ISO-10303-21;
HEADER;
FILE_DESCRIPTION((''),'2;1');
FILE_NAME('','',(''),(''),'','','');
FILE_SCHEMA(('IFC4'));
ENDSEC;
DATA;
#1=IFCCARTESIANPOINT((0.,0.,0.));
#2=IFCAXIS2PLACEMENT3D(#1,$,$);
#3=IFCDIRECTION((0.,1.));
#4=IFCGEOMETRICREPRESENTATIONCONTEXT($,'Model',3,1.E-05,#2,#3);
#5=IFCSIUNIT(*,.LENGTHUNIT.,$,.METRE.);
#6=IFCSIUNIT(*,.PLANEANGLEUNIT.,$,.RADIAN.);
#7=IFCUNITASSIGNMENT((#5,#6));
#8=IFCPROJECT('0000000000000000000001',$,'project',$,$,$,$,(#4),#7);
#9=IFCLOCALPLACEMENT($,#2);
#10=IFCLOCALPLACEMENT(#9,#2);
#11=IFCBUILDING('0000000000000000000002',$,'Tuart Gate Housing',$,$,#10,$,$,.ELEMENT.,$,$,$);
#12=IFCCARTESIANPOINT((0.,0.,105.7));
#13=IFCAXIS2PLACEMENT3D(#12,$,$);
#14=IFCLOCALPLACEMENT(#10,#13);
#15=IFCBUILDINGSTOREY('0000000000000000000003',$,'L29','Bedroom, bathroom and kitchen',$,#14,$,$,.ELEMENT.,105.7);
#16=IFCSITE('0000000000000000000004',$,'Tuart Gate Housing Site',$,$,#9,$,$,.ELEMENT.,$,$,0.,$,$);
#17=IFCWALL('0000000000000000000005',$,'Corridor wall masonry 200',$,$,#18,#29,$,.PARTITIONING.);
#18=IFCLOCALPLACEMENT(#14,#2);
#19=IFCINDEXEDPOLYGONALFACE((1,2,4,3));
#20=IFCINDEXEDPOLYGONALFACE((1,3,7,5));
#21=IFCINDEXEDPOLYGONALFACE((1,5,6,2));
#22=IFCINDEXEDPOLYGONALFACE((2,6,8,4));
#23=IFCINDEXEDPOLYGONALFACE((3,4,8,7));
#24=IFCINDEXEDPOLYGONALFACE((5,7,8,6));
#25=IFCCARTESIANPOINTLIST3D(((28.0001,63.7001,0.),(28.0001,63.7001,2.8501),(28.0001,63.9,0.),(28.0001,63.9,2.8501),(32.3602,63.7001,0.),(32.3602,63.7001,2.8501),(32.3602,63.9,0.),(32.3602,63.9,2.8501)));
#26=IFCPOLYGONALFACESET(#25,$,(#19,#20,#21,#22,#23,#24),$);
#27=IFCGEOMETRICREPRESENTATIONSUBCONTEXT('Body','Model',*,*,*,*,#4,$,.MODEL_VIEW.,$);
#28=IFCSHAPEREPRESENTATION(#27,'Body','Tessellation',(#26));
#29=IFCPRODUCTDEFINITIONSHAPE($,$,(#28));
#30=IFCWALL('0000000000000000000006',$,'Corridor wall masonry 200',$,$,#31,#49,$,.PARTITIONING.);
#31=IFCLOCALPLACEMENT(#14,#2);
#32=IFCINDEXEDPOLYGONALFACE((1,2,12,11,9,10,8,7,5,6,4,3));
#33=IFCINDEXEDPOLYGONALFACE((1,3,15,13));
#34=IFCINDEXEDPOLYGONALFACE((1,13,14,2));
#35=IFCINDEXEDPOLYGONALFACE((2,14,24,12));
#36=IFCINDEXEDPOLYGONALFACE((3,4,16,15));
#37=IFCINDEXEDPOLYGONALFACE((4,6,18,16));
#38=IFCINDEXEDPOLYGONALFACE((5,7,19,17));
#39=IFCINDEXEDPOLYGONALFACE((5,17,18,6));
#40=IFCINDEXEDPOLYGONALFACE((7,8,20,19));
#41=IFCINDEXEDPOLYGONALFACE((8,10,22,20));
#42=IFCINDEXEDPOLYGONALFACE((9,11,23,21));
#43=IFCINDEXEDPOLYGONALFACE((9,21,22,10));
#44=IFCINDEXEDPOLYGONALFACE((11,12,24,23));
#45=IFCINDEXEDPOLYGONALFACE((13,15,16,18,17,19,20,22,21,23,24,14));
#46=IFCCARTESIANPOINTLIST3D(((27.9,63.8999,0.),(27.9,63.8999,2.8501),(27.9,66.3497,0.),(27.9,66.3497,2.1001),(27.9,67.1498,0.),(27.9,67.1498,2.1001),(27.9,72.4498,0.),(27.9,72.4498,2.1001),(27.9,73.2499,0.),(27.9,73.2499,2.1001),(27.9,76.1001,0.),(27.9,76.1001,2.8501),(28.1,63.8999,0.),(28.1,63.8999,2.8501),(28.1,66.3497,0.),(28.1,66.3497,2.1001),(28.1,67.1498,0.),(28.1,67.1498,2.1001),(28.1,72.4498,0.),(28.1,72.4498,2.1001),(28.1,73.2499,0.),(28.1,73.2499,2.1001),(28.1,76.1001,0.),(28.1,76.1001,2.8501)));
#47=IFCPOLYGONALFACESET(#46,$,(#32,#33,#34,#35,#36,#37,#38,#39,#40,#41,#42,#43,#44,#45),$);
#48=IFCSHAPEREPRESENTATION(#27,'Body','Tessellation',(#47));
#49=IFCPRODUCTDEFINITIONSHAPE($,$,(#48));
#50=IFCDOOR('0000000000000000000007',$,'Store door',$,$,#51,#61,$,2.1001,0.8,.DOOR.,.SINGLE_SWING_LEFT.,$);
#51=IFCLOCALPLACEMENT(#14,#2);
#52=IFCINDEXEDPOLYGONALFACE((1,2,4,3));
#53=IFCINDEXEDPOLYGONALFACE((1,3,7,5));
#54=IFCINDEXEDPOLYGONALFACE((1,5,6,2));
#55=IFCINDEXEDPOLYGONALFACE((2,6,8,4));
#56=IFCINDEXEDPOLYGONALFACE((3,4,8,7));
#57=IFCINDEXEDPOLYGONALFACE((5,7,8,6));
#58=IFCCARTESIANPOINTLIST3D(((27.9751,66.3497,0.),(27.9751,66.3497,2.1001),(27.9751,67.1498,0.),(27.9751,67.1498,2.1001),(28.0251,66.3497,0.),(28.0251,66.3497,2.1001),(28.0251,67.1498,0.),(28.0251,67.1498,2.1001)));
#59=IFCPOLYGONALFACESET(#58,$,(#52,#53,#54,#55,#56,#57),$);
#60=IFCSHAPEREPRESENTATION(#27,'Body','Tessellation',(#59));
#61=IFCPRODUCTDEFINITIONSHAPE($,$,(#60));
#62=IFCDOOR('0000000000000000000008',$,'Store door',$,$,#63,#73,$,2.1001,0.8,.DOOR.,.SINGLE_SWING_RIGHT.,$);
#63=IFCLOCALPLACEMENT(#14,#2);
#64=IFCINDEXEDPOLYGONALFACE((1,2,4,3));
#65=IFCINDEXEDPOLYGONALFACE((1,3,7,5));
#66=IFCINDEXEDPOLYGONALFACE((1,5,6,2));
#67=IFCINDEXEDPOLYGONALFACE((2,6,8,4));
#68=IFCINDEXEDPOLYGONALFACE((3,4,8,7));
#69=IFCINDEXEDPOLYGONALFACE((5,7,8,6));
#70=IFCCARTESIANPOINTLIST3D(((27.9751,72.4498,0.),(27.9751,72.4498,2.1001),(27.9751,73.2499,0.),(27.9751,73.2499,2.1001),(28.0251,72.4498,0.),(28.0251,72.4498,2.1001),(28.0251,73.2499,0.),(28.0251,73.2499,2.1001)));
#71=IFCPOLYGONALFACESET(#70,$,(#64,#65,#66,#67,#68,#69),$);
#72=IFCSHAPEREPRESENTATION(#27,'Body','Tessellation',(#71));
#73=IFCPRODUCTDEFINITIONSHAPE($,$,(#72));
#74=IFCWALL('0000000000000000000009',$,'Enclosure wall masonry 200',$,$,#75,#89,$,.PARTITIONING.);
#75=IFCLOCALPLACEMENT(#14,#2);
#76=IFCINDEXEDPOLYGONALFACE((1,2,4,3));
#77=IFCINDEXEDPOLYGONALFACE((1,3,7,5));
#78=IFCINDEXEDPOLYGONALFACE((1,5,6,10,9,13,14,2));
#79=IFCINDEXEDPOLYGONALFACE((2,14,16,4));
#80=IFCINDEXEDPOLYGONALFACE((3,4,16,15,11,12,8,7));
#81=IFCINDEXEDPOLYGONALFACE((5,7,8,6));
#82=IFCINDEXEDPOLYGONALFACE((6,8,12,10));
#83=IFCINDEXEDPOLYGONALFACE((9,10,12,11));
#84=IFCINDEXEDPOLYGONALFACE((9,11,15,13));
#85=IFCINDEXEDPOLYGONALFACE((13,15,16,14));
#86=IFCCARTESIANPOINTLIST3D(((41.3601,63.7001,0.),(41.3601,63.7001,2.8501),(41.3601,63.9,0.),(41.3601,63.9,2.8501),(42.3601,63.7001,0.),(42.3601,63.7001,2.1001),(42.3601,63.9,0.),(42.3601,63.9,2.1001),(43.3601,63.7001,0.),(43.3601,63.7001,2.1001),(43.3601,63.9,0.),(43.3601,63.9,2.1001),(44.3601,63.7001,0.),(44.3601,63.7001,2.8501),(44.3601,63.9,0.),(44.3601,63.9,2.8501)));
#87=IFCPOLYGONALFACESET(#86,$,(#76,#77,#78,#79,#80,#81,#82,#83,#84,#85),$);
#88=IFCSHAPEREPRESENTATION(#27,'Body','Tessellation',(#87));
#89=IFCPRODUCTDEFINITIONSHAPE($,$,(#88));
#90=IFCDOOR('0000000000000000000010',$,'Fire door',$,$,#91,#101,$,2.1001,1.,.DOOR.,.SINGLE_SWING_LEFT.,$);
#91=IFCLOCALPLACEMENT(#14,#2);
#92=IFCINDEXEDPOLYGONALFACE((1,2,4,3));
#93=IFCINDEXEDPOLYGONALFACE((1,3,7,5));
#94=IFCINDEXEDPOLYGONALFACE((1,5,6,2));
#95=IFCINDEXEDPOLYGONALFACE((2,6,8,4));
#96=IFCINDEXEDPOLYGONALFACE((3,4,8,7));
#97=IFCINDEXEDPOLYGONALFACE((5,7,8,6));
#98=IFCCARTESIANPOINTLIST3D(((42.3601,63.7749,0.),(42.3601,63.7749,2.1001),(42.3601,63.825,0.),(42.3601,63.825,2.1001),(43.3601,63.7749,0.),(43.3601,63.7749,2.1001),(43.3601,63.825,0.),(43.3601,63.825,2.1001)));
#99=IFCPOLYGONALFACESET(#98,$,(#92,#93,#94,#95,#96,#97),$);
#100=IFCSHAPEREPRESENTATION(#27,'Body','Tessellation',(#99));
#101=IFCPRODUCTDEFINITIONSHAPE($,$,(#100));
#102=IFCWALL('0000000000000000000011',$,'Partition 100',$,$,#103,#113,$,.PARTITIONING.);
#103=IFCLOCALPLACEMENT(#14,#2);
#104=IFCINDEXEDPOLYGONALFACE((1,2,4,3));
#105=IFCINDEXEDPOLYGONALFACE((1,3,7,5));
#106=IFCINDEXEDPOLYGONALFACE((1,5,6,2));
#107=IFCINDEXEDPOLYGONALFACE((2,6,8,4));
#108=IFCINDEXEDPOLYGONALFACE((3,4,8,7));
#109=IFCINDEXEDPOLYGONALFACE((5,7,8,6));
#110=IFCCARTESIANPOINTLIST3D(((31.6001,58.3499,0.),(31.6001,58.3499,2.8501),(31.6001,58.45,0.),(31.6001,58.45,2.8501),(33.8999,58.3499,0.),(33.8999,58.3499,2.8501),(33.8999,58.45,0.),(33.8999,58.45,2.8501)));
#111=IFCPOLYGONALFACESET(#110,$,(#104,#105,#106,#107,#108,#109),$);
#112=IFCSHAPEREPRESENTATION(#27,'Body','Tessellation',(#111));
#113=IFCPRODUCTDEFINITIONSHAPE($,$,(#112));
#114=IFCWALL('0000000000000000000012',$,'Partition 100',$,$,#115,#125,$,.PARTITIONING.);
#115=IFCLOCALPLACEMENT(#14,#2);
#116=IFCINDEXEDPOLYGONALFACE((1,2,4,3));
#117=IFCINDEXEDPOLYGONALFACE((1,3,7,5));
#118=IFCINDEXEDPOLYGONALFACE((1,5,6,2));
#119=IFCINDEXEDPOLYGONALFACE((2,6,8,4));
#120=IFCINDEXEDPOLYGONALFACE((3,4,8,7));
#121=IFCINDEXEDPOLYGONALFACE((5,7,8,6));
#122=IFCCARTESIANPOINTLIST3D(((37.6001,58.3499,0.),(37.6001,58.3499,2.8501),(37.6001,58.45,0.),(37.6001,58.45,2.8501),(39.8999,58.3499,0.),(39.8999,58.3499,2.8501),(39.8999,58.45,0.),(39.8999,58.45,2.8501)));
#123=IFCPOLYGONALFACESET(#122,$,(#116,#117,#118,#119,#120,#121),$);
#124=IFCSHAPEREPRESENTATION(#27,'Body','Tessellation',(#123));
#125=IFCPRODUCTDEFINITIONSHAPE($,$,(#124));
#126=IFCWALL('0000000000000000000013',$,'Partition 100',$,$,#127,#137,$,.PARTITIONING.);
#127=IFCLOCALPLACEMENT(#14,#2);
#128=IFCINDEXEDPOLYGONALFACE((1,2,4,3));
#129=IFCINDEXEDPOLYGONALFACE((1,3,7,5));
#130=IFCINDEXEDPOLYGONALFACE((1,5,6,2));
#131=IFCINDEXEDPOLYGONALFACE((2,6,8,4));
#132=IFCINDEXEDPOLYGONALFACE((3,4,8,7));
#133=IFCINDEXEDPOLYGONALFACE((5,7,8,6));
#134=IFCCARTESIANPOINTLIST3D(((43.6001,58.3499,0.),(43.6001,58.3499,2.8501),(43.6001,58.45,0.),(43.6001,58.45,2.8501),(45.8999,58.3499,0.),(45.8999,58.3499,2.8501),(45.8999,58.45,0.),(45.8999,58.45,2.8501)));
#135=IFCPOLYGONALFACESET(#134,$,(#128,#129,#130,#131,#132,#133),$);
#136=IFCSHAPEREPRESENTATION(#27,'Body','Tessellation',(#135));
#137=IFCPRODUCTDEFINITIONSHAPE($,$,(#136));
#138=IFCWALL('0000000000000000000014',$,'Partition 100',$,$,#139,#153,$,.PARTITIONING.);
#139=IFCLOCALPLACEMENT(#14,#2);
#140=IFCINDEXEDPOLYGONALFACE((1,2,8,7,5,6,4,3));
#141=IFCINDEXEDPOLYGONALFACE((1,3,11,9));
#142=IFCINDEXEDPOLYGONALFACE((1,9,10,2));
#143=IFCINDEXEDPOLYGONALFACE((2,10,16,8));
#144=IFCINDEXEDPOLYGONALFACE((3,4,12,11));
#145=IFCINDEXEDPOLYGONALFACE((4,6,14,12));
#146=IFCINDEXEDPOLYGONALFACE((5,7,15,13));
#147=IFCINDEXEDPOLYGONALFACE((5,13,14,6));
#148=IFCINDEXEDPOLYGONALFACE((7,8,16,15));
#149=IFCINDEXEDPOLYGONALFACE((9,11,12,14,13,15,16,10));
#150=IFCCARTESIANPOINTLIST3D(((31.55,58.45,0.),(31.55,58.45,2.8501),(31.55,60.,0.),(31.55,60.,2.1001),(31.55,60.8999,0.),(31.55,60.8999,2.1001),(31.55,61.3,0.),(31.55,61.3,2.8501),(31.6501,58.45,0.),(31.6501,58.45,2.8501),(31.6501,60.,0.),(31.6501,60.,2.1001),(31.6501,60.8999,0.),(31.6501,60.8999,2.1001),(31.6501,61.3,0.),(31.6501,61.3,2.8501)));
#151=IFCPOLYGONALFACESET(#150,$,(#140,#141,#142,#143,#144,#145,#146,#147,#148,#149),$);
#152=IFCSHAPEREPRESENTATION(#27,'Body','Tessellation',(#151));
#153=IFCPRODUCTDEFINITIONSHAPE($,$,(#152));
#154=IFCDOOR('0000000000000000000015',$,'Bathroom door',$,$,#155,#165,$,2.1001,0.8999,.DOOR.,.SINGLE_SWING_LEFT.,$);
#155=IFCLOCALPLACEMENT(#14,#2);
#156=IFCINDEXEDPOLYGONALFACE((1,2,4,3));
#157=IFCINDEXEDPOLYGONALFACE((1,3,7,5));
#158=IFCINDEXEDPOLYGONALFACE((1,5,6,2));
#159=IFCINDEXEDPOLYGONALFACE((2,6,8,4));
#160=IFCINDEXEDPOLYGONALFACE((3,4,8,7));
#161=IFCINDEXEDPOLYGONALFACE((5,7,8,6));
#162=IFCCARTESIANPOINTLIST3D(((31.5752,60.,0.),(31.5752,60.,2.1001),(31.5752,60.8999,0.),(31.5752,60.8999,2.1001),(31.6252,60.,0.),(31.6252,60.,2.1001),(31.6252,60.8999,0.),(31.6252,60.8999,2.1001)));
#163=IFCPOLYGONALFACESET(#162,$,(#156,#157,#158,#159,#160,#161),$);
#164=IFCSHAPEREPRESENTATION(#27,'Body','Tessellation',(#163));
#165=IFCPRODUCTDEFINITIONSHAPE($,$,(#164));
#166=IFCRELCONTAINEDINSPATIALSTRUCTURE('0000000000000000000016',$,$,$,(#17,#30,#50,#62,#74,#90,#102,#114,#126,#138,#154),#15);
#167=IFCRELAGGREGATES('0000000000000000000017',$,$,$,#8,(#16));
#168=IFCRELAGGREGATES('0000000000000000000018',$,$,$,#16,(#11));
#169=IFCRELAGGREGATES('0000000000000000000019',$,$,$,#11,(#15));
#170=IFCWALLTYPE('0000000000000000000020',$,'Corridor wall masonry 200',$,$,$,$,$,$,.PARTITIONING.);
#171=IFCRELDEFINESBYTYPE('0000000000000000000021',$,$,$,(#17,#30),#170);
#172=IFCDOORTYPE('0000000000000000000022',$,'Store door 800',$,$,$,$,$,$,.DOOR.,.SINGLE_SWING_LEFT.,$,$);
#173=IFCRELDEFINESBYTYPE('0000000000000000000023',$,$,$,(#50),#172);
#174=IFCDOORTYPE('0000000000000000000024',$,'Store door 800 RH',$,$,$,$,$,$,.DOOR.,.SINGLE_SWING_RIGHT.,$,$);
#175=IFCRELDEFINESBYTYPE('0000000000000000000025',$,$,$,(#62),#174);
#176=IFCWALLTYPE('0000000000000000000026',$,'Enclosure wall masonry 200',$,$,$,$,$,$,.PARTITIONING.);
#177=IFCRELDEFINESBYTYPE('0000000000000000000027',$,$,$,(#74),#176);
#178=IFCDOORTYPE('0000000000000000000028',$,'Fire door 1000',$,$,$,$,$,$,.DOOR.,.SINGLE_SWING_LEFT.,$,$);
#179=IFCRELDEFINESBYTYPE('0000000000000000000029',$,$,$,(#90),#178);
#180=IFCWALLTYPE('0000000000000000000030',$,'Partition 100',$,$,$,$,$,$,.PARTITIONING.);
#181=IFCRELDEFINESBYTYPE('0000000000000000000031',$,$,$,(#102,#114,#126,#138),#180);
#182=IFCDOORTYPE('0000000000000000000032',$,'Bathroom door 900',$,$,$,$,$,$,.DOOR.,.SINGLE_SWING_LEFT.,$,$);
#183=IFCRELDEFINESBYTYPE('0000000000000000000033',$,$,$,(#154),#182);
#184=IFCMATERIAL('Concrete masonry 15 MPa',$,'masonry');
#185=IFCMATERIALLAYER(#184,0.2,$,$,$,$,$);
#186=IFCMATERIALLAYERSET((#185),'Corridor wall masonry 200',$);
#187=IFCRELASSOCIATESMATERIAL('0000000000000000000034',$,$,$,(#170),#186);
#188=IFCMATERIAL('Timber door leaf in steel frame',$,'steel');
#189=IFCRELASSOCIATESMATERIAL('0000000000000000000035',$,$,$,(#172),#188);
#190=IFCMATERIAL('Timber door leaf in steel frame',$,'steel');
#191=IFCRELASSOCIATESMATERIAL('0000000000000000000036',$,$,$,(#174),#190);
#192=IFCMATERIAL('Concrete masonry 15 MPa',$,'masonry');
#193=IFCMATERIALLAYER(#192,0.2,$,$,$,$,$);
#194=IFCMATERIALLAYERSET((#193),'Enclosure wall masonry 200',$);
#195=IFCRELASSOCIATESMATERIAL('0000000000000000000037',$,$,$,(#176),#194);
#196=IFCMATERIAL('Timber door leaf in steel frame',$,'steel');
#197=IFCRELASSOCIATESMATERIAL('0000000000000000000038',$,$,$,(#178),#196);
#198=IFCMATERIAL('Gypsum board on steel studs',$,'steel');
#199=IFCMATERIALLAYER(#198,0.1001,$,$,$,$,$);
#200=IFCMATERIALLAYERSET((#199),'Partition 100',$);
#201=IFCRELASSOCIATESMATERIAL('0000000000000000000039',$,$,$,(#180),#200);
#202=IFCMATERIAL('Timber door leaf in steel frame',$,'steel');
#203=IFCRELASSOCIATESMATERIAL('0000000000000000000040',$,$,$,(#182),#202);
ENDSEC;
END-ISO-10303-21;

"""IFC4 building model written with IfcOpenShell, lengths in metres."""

from ifc_helpers import new_model, si_unit, direction, frame, frame_2d, origin, place, context, subcontext, project, spatial, rectangle, extrude, material, layer, layer_set, type_object, element, fill, save


model = new_model("IFC4")

# Units and contexts
model_context = context("Model", 3, precision=1e-05, world=origin(), true_north=direction((0.0, 1.0)))
body_context = subcontext(model_context, "Body", "Model", "MODEL_VIEW")
ifc_project = project(units=[si_unit("LENGTHUNIT", "METRE"), si_unit("PLANEANGLEUNIT", "RADIAN")], contexts=[model_context])

# Site, building, storey
site_placement = place(None, origin())
site = spatial("IfcSite", under=ifc_project, at=site_placement, Name="Tuart Gate Housing Site", CompositionType="ELEMENT", RefElevation=0.0)
building_placement = place(site_placement, origin())
building = spatial("IfcBuilding", under=site, at=building_placement, Name="Tuart Gate Housing", CompositionType="ELEMENT")
storey_placement = place(building_placement, frame((0.0, 0.0, 105.7)))
storey = spatial("IfcBuildingStorey", under=building, at=storey_placement, Name="L29", Description="Bedroom, bathroom and kitchen", CompositionType="ELEMENT", Elevation=105.7)

# Shared definitions
ifc_material_1 = material(Name="Concrete masonry 15 MPa", Category="masonry")
ifc_layer_1 = layer(ifc_material_1, 0.2)
ifc_layer_set_1 = layer_set([ifc_layer_1], Name="Corridor wall masonry 200")
wall_type_1 = type_object("IfcWallType", Name="Corridor wall masonry 200", PredefinedType="PARTITIONING", material=ifc_layer_set_1)

# Wall
wall_1_placement = place(storey_placement, frame((28.0, 63.8, 0.0), z_axis=(0.0, 0.0, 1.0), x_axis=(1.0, 0.0, 0.0)))
element("IfcWall", 1, at=wall_1_placement, inside=storey, type_object=wall_type_1, Name="Corridor wall masonry 200", PredefinedType="PARTITIONING", context=body_context, shape_type="SweptSolid", body=[
    extrude(rectangle(XDim=4.3601, YDim=0.2, at=frame_2d((2.1802, 0.0))), origin(), (0.0, 0.0, 1.0), 2.8501),
])

# Wall, openings, doors
wall_2_placement = place(storey_placement, frame((28.0, 63.8999, 0.0), z_axis=(0.0, 0.0, 1.0), x_axis=(0.0, 1.0, 0.0)))
wall_2 = element("IfcWall", 2, at=wall_2_placement, inside=storey, type_object=wall_type_1, Name="Corridor wall masonry 200", PredefinedType="PARTITIONING", context=body_context, shape_type="SweptSolid", body=[
    extrude(rectangle(XDim=12.2002, YDim=0.2, at=frame_2d((6.1001, 0.0))), origin(), (0.0, 0.0, 1.0), 2.8501),
])
opening_1_placement = place(wall_2_placement, frame((2.45, 0.0, 0.0)))
opening_1 = element("IfcOpeningElement", 3, at=opening_1_placement, cuts=wall_2, PredefinedType="OPENING", context=body_context, shape_type="SweptSolid", body=[
    extrude(rectangle(XDim=0.8, YDim=2.1001, at=frame_2d((0.3999, 1.05))), frame((0.0, 0.1099, 0.0), z_axis=(0.0, -1.0, 0.0), x_axis=(1.0, 0.0, 0.0)), (0.0, 0.0, 1.0), 0.22),
])
opening_2_placement = place(wall_2_placement, frame((8.55, 0.0, 0.0)))
opening_2 = element("IfcOpeningElement", 4, at=opening_2_placement, cuts=wall_2, PredefinedType="OPENING", context=body_context, shape_type="SweptSolid", body=[
    extrude(rectangle(XDim=0.8, YDim=2.1001, at=frame_2d((0.3999, 1.05))), frame((0.0, 0.1099, 0.0), z_axis=(0.0, -1.0, 0.0), x_axis=(1.0, 0.0, 0.0)), (0.0, 0.0, 1.0), 0.22),
])
ifc_material_2 = material(Name="Timber door leaf in steel frame", Category="steel")
door_type_1 = type_object("IfcDoorType", Name="Store door 800", OperationType="SINGLE_SWING_LEFT", PredefinedType="DOOR", material=ifc_material_2)
door_1_placement = place(opening_1_placement, frame((0.8, 0.0, 0.0), z_axis=(0.0, 0.0, 1.0), x_axis=(-1.0, 0.0, 0.0)))
door_1 = element("IfcDoor", 5, at=door_1_placement, inside=storey, type_object=door_type_1, Name="Store door", OperationType="SINGLE_SWING_LEFT", OverallHeight=2.1001, OverallWidth=0.8, PredefinedType="DOOR", context=body_context, shape_type="SweptSolid", body=[
    extrude(rectangle(XDim=0.8, YDim=2.1001, at=frame_2d((0.4001, 1.05))), frame((0.0, 0.0251, 0.0), z_axis=(0.0, -1.0, 0.0), x_axis=(1.0, 0.0, 0.0)), (0.0, 0.0, 1.0), 0.05),
])
fill(opening_1, door_1)
ifc_material_3 = material(Name="Timber door leaf in steel frame", Category="steel")
door_type_2 = type_object("IfcDoorType", Name="Store door 800 RH", OperationType="SINGLE_SWING_RIGHT", PredefinedType="DOOR", material=ifc_material_3)
door_2_placement = place(opening_2_placement, frame((0.8, 0.0, 0.0), z_axis=(0.0, 0.0, 1.0), x_axis=(-1.0, 0.0, 0.0)))
door_2 = element("IfcDoor", 6, at=door_2_placement, inside=storey, type_object=door_type_2, Name="Store door", OperationType="SINGLE_SWING_RIGHT", OverallHeight=2.1001, OverallWidth=0.8, PredefinedType="DOOR", context=body_context, shape_type="SweptSolid", body=[
    extrude(rectangle(XDim=0.8, YDim=2.1001, at=frame_2d((0.4001, 1.05))), frame((0.0, 0.0251, 0.0), z_axis=(0.0, -1.0, 0.0), x_axis=(1.0, 0.0, 0.0)), (0.0, 0.0, 1.0), 0.05),
])
fill(opening_2, door_2)

# Wall, opening, door
ifc_material_4 = material(Name="Concrete masonry 15 MPa", Category="masonry")
ifc_layer_2 = layer(ifc_material_4, 0.2)
ifc_layer_set_2 = layer_set([ifc_layer_2], Name="Enclosure wall masonry 200")
wall_type_2 = type_object("IfcWallType", Name="Enclosure wall masonry 200", PredefinedType="PARTITIONING", material=ifc_layer_set_2)
wall_3_placement = place(storey_placement, frame((41.3601, 63.8, 0.0), z_axis=(0.0, 0.0, 1.0), x_axis=(1.0, 0.0, 0.0)))
wall_3 = element("IfcWall", 7, at=wall_3_placement, inside=storey, type_object=wall_type_2, Name="Enclosure wall masonry 200", PredefinedType="PARTITIONING", context=body_context, shape_type="SweptSolid", body=[
    extrude(rectangle(XDim=3.0, YDim=0.2, at=frame_2d((1.5, 0.0))), origin(), (0.0, 0.0, 1.0), 2.8501),
])
opening_3_placement = place(wall_3_placement, frame((1.0, 0.0, 0.0)))
opening_3 = element("IfcOpeningElement", 8, at=opening_3_placement, cuts=wall_3, PredefinedType="OPENING", context=body_context, shape_type="SweptSolid", body=[
    extrude(rectangle(XDim=1.0, YDim=2.1001, at=frame_2d((0.5, 1.05))), frame((0.0, 0.1099, 0.0), z_axis=(0.0, -1.0, 0.0), x_axis=(1.0, 0.0, 0.0)), (0.0, 0.0, 1.0), 0.22),
])
ifc_material_5 = material(Name="Timber door leaf in steel frame", Category="steel")
door_type_3 = type_object("IfcDoorType", Name="Fire door 1000", OperationType="SINGLE_SWING_LEFT", PredefinedType="DOOR", material=ifc_material_5)
door_3_placement = place(opening_3_placement, frame((1.0, 0.0, 0.0), z_axis=(0.0, 0.0, 1.0), x_axis=(-1.0, 0.0, 0.0)))
door_3 = element("IfcDoor", 9, at=door_3_placement, inside=storey, type_object=door_type_3, Name="Fire door", OperationType="SINGLE_SWING_LEFT", OverallHeight=2.1001, OverallWidth=1.0, PredefinedType="DOOR", context=body_context, shape_type="SweptSolid", body=[
    extrude(rectangle(XDim=1.0, YDim=2.1001, at=frame_2d((0.5, 1.05))), frame((0.0, 0.0251, 0.0), z_axis=(0.0, -1.0, 0.0), x_axis=(1.0, 0.0, 0.0)), (0.0, 0.0, 1.0), 0.05),
])
fill(opening_3, door_3)

# Walls
ifc_material_6 = material(Name="Gypsum board on steel studs", Category="steel")
ifc_layer_3 = layer(ifc_material_6, 0.1001)
ifc_layer_set_3 = layer_set([ifc_layer_3], Name="Partition 100")
wall_type_3 = type_object("IfcWallType", Name="Partition 100", PredefinedType="PARTITIONING", material=ifc_layer_set_3)
for number, where, z_axis, x_axis, name in (
    (10, (31.6001, 58.3999, 0.0), (0.0, 0.0, 1.0), (1.0, 0.0, 0.0), "Partition 100"),
    (11, (37.6001, 58.3999, 0.0), (0.0, 0.0, 1.0), (1.0, 0.0, 0.0), "Partition 100"),
    (12, (43.6001, 58.3999, 0.0), (0.0, 0.0, 1.0), (1.0, 0.0, 0.0), "Partition 100"),
):
    element("IfcWall", number, at=place(storey_placement, frame(where, z_axis=z_axis, x_axis=x_axis)), inside=storey, type_object=wall_type_3, Name=name, PredefinedType="PARTITIONING", context=body_context, shape_type="SweptSolid", body=[
        extrude(rectangle(XDim=2.2998, YDim=0.1001, at=frame_2d((1.1499, 0.0))), origin(), (0.0, 0.0, 1.0), 2.8501),
    ])

# Wall, opening, door
wall_4_placement = place(storey_placement, frame((31.6001, 58.45, 0.0), z_axis=(0.0, 0.0, 1.0), x_axis=(0.0, 1.0, 0.0)))
wall_4 = element("IfcWall", 13, at=wall_4_placement, inside=storey, type_object=wall_type_3, Name="Partition 100", PredefinedType="PARTITIONING", context=body_context, shape_type="SweptSolid", body=[
    extrude(rectangle(XDim=2.8501, YDim=0.1001, at=frame_2d((1.425, 0.0))), origin(), (0.0, 0.0, 1.0), 2.8501),
])
opening_4_placement = place(wall_4_placement, frame((1.55, 0.0, 0.0)))
opening_4 = element("IfcOpeningElement", 14, at=opening_4_placement, cuts=wall_4, PredefinedType="OPENING", context=body_context, shape_type="SweptSolid", body=[
    extrude(rectangle(XDim=0.8999, YDim=2.1001, at=frame_2d((0.45, 1.05))), frame((0.0, 0.0601, 0.0), z_axis=(0.0, -1.0, 0.0), x_axis=(1.0, 0.0, 0.0)), (0.0, 0.0, 1.0), 0.1201),
])
ifc_material_7 = material(Name="Timber door leaf in steel frame", Category="steel")
door_type_4 = type_object("IfcDoorType", Name="Bathroom door 900", OperationType="SINGLE_SWING_LEFT", PredefinedType="DOOR", material=ifc_material_7)
door_4_placement = place(opening_4_placement, frame((0.8999, 0.0, 0.0), z_axis=(0.0, 0.0, 1.0), x_axis=(-1.0, 0.0, 0.0)))
door_4 = element("IfcDoor", 15, at=door_4_placement, inside=storey, type_object=door_type_4, Name="Bathroom door", OperationType="SINGLE_SWING_LEFT", OverallHeight=2.1001, OverallWidth=0.8999, PredefinedType="DOOR", context=body_context, shape_type="SweptSolid", body=[
    extrude(rectangle(XDim=0.8999, YDim=2.1001, at=frame_2d((0.45, 1.05))), frame((0.0, 0.0251, 0.0), z_axis=(0.0, -1.0, 0.0), x_axis=(1.0, 0.0, 0.0)), (0.0, 0.0, 1.0), 0.05),
])
fill(opening_4, door_4)

save(model, "model.ifc")
